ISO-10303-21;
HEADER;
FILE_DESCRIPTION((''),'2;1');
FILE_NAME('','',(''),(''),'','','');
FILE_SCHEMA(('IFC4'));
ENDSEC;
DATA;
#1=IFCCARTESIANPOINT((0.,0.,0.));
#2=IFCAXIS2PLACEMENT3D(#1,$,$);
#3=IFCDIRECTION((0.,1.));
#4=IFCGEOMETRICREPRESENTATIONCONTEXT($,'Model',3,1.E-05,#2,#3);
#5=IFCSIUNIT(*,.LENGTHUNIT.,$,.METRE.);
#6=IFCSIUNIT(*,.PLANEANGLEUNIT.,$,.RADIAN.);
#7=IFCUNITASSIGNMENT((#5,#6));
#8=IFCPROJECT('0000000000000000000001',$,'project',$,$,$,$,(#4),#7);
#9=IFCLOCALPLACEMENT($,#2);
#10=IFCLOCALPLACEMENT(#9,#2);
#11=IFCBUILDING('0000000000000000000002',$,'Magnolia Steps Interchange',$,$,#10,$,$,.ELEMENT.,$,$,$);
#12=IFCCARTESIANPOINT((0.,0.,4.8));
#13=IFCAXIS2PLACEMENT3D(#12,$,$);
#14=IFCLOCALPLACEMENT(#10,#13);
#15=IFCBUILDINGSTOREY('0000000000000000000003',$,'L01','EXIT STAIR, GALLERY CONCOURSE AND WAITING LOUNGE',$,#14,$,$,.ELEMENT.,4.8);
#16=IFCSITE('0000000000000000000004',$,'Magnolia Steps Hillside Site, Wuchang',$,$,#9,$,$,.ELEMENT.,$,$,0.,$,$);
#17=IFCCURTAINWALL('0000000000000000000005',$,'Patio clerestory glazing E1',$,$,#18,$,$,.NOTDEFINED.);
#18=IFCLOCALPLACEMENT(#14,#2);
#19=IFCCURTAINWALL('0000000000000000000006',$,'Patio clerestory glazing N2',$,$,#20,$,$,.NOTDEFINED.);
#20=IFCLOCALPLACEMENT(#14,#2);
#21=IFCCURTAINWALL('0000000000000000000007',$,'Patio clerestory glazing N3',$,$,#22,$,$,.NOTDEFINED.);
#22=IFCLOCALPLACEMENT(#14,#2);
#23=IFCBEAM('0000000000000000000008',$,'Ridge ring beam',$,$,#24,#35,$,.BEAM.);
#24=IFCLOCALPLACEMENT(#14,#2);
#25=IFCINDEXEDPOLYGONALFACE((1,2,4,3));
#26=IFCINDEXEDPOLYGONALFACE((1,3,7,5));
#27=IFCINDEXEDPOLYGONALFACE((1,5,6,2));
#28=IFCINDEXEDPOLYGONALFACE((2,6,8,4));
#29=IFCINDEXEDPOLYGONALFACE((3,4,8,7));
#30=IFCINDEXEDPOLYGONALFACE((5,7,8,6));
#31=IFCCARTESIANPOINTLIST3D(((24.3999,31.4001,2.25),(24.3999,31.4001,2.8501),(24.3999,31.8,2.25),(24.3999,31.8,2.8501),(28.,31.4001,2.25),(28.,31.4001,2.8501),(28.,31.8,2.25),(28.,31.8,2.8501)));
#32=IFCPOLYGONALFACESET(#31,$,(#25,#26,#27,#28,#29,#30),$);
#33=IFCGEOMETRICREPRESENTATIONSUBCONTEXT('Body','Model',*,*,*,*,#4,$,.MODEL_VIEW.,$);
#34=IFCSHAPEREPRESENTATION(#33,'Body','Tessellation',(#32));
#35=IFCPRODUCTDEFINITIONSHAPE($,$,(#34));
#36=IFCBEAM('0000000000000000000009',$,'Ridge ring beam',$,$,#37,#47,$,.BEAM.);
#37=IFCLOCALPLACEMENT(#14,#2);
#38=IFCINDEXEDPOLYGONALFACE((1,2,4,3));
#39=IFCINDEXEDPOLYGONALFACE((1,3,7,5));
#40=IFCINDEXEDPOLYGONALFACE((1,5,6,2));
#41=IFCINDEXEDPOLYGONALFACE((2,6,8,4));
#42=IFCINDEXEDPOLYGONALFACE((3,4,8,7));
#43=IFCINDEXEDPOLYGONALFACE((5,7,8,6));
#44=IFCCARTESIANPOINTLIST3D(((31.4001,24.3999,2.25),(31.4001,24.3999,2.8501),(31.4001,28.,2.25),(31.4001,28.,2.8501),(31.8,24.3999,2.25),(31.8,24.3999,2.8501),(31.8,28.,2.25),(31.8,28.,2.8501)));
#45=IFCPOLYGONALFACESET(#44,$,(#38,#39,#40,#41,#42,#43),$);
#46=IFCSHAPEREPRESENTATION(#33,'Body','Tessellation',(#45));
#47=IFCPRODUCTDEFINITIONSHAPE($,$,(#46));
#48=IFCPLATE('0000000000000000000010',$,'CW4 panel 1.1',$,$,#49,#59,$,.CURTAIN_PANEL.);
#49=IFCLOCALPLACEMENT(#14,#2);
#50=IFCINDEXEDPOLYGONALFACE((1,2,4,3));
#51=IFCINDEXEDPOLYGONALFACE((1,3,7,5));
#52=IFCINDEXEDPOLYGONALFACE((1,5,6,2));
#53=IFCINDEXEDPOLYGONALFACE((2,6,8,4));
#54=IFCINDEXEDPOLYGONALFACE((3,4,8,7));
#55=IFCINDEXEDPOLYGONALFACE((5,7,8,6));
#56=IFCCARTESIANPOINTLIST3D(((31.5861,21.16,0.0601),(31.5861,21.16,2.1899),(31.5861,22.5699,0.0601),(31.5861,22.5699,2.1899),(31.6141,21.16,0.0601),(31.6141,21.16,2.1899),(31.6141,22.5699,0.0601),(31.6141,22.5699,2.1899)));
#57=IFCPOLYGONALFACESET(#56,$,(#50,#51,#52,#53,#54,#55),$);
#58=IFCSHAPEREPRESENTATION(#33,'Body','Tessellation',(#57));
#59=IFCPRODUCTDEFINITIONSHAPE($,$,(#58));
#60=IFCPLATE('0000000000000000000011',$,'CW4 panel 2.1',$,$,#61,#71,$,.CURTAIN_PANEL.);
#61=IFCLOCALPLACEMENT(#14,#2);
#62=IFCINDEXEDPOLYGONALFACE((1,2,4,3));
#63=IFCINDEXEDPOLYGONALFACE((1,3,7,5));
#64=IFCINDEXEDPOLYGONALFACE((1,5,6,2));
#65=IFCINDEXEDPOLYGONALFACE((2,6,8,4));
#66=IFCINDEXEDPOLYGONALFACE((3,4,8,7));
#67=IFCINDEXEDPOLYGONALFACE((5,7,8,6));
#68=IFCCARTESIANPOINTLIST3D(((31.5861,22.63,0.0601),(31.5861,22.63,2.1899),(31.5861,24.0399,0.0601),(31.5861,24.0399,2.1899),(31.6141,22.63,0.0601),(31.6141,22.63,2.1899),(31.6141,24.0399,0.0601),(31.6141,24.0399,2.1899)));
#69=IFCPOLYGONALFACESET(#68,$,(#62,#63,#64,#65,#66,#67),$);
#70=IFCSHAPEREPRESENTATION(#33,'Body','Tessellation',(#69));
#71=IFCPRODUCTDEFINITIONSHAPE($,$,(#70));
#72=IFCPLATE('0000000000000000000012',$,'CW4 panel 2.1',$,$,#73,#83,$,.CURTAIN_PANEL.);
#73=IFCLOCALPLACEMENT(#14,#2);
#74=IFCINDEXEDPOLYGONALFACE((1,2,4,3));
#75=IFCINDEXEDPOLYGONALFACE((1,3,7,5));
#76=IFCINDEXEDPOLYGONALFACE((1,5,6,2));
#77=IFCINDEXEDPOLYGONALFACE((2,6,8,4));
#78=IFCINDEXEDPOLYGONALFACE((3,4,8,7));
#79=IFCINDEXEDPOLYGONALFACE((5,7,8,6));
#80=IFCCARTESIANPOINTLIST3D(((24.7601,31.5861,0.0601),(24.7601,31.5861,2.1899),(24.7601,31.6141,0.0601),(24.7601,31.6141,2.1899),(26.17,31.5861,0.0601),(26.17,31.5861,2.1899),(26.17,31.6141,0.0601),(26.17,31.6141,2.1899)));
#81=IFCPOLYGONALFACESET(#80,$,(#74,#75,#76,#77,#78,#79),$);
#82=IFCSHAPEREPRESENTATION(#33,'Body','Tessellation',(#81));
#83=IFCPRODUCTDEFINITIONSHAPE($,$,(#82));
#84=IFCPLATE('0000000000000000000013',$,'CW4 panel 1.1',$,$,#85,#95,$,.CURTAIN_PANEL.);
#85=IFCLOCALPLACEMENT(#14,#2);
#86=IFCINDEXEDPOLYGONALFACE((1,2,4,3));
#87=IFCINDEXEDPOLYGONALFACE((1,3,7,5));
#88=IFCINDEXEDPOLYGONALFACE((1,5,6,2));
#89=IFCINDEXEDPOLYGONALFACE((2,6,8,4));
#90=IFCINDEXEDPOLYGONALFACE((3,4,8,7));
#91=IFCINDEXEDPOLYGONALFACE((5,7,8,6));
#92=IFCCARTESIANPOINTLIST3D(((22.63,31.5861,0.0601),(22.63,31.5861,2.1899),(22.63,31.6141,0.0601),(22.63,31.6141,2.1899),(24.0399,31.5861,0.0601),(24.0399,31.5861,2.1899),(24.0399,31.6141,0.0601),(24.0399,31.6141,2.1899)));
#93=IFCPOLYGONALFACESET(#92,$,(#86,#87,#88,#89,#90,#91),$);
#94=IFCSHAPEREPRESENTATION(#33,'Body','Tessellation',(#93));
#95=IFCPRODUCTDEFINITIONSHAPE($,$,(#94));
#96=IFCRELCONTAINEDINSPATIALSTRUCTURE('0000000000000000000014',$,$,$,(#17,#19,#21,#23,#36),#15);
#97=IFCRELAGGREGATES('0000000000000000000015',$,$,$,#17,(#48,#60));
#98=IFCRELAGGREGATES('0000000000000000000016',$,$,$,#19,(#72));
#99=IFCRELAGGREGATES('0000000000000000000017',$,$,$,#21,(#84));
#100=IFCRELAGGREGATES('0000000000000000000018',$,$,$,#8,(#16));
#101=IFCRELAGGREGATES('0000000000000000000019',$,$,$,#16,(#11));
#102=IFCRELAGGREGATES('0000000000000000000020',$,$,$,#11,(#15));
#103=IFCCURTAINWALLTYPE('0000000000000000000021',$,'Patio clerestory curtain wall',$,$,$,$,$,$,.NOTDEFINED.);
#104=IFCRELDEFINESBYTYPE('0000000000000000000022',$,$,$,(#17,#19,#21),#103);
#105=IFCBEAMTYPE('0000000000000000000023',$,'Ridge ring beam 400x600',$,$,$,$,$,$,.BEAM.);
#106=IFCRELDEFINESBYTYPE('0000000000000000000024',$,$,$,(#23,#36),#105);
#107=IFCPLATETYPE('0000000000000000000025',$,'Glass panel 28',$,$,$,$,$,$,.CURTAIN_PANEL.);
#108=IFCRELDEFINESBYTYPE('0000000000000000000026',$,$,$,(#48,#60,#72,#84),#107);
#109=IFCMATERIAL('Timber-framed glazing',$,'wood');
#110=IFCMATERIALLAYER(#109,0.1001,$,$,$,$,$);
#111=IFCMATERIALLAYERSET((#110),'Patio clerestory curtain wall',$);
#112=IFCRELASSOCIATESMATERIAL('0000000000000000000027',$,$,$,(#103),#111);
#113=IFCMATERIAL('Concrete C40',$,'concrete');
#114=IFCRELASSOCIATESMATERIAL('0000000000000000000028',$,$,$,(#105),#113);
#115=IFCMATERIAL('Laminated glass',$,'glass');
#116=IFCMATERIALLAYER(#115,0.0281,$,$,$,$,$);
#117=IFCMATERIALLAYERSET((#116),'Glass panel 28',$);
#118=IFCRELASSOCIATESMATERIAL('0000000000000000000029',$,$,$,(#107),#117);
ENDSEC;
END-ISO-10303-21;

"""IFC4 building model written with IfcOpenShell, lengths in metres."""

from ifc_helpers import new_model, si_unit, direction, frame, origin, origin_2d, place, context, subcontext, project, spatial, rectangle, extrude, material, layer, layer_set, material_profile, profile_set, type_object, element, aggregate, save


model = new_model("IFC4")

# Units and contexts
model_context = context("Model", 3, precision=1e-05, world=origin(), true_north=direction((0.0, 1.0)))
body_context = subcontext(model_context, "Body", "Model", "MODEL_VIEW")
ifc_project = project(units=[si_unit("LENGTHUNIT", "METRE"), si_unit("PLANEANGLEUNIT", "RADIAN")], contexts=[model_context])

# Site, building, storey
site_placement = place(None, origin())
site = spatial("IfcSite", under=ifc_project, at=site_placement, Name="Magnolia Steps Hillside Site, Wuchang", CompositionType="ELEMENT", RefElevation=0.0)
building_placement = place(site_placement, origin())
building = spatial("IfcBuilding", under=site, at=building_placement, Name="Magnolia Steps Interchange", CompositionType="ELEMENT")
storey_placement = place(building_placement, frame((0.0, 0.0, 4.8)))
storey = spatial("IfcBuildingStorey", under=building, at=storey_placement, Name="L01", Description="EXIT STAIR, GALLERY CONCOURSE AND WAITING LOUNGE", CompositionType="ELEMENT", Elevation=4.8)

# Curtain wall
ifc_material_1 = material(Name="Timber-framed glazing", Category="wood")
ifc_layer_1 = layer(ifc_material_1, 0.1001)
ifc_layer_set_1 = layer_set([ifc_layer_1], Name="Patio clerestory curtain wall")
curtain_wall_type = type_object("IfcCurtainWallType", Name="Patio clerestory curtain wall", PredefinedType="NOTDEFINED", material=ifc_layer_set_1)
curtain_wall_1_placement = place(storey_placement, origin())
curtain_wall_1 = element("IfcCurtainWall", 1, at=curtain_wall_1_placement, inside=storey, type_object=curtain_wall_type, Name="Patio clerestory glazing E1", PredefinedType="NOTDEFINED")

# Curtain wall
curtain_wall_2_placement = place(storey_placement, origin())
curtain_wall_2 = element("IfcCurtainWall", 2, at=curtain_wall_2_placement, inside=storey, type_object=curtain_wall_type, Name="Patio clerestory glazing N2", PredefinedType="NOTDEFINED")

# Curtain wall
curtain_wall_3_placement = place(storey_placement, origin())
curtain_wall_3 = element("IfcCurtainWall", 3, at=curtain_wall_3_placement, inside=storey, type_object=curtain_wall_type, Name="Patio clerestory glazing N3", PredefinedType="NOTDEFINED")

# Beams
ifc_material_2 = material(Name="Concrete C40", Category="concrete")
ifc_material_profile_1 = material_profile(ifc_material_2, rectangle(XDim=0.3999, YDim=0.6001, at=origin_2d()), Name="RC400x600")
ifc_profile_set_1 = profile_set([ifc_material_profile_1], Name="Concrete C40")
beam_type = type_object("IfcBeamType", Name="Ridge ring beam 400x600", PredefinedType="BEAM", material=ifc_profile_set_1)
for number, where, z_axis, x_axis, name in (
    (4, (24.3999, 31.6001, 2.55), (1.0, 0.0, 0.0), (0.0, 1.0, 0.0), "Ridge ring beam"),
    (5, (31.6001, 24.3999, 2.55), (0.0, 1.0, 0.0), (-1.0, 0.0, 0.0), "Ridge ring beam"),
):
    element("IfcBeam", number, at=place(storey_placement, frame(where, z_axis=z_axis, x_axis=x_axis)), inside=storey, type_object=beam_type, Name=name, PredefinedType="BEAM", context=body_context, shape_type="SweptSolid", body=[
        extrude(rectangle(XDim=0.3999, YDim=0.6001, at=origin_2d()), origin(), (0.0, 0.0, 1.0), 3.6001),
    ])

# Plates
ifc_material_3 = material(Name="Laminated glass", Category="glass")
ifc_layer_2 = layer(ifc_material_3, 0.0281)
ifc_layer_set_2 = layer_set([ifc_layer_2], Name="Glass panel 28")
plate_type = type_object("IfcPlateType", Name="Glass panel 28", PredefinedType="CURTAIN_PANEL", material=ifc_layer_set_2)
plate_1_placement = place(storey_placement, frame((31.6001, 21.865, 0.0601), z_axis=(0.0, 0.0, 1.0), x_axis=(0.0, 1.0, 0.0)))
plate_1 = element("IfcPlate", 6, at=plate_1_placement, type_object=plate_type, Name="CW4 panel 1.1", PredefinedType="CURTAIN_PANEL", context=body_context, shape_type="SweptSolid", body=[
    extrude(rectangle(XDim=1.4099, YDim=0.0281, at=origin_2d()), origin(), (0.0, 0.0, 1.0), 2.1299),
])
plate_2_placement = place(storey_placement, frame((31.6001, 23.335, 0.0601), z_axis=(0.0, 0.0, 1.0), x_axis=(0.0, 1.0, 0.0)))
plate_2 = element("IfcPlate", 7, at=plate_2_placement, type_object=plate_type, Name="CW4 panel 2.1", PredefinedType="CURTAIN_PANEL", context=body_context, shape_type="SweptSolid", body=[
    extrude(rectangle(XDim=1.4099, YDim=0.0281, at=origin_2d()), origin(), (0.0, 0.0, 1.0), 2.1299),
])
aggregate(curtain_wall_1, [plate_1, plate_2])
plate_3_placement = place(storey_placement, frame((25.4651, 31.6001, 0.0601), z_axis=(0.0, 0.0, 1.0), x_axis=(-1.0, 0.0, 0.0)))
plate_3 = element("IfcPlate", 8, at=plate_3_placement, type_object=plate_type, Name="CW4 panel 2.1", PredefinedType="CURTAIN_PANEL", context=body_context, shape_type="SweptSolid", body=[
    extrude(rectangle(XDim=1.4099, YDim=0.0281, at=origin_2d()), origin(), (0.0, 0.0, 1.0), 2.1299),
])
aggregate(curtain_wall_2, [plate_3])
plate_4_placement = place(storey_placement, frame((23.335, 31.6001, 0.0601), z_axis=(0.0, 0.0, 1.0), x_axis=(-1.0, 0.0, 0.0)))
plate_4 = element("IfcPlate", 9, at=plate_4_placement, type_object=plate_type, Name="CW4 panel 1.1", PredefinedType="CURTAIN_PANEL", context=body_context, shape_type="SweptSolid", body=[
    extrude(rectangle(XDim=1.4099, YDim=0.0281, at=origin_2d()), origin(), (0.0, 0.0, 1.0), 2.1299),
])
aggregate(curtain_wall_3, [plate_4])

save(model, "model.ifc")
